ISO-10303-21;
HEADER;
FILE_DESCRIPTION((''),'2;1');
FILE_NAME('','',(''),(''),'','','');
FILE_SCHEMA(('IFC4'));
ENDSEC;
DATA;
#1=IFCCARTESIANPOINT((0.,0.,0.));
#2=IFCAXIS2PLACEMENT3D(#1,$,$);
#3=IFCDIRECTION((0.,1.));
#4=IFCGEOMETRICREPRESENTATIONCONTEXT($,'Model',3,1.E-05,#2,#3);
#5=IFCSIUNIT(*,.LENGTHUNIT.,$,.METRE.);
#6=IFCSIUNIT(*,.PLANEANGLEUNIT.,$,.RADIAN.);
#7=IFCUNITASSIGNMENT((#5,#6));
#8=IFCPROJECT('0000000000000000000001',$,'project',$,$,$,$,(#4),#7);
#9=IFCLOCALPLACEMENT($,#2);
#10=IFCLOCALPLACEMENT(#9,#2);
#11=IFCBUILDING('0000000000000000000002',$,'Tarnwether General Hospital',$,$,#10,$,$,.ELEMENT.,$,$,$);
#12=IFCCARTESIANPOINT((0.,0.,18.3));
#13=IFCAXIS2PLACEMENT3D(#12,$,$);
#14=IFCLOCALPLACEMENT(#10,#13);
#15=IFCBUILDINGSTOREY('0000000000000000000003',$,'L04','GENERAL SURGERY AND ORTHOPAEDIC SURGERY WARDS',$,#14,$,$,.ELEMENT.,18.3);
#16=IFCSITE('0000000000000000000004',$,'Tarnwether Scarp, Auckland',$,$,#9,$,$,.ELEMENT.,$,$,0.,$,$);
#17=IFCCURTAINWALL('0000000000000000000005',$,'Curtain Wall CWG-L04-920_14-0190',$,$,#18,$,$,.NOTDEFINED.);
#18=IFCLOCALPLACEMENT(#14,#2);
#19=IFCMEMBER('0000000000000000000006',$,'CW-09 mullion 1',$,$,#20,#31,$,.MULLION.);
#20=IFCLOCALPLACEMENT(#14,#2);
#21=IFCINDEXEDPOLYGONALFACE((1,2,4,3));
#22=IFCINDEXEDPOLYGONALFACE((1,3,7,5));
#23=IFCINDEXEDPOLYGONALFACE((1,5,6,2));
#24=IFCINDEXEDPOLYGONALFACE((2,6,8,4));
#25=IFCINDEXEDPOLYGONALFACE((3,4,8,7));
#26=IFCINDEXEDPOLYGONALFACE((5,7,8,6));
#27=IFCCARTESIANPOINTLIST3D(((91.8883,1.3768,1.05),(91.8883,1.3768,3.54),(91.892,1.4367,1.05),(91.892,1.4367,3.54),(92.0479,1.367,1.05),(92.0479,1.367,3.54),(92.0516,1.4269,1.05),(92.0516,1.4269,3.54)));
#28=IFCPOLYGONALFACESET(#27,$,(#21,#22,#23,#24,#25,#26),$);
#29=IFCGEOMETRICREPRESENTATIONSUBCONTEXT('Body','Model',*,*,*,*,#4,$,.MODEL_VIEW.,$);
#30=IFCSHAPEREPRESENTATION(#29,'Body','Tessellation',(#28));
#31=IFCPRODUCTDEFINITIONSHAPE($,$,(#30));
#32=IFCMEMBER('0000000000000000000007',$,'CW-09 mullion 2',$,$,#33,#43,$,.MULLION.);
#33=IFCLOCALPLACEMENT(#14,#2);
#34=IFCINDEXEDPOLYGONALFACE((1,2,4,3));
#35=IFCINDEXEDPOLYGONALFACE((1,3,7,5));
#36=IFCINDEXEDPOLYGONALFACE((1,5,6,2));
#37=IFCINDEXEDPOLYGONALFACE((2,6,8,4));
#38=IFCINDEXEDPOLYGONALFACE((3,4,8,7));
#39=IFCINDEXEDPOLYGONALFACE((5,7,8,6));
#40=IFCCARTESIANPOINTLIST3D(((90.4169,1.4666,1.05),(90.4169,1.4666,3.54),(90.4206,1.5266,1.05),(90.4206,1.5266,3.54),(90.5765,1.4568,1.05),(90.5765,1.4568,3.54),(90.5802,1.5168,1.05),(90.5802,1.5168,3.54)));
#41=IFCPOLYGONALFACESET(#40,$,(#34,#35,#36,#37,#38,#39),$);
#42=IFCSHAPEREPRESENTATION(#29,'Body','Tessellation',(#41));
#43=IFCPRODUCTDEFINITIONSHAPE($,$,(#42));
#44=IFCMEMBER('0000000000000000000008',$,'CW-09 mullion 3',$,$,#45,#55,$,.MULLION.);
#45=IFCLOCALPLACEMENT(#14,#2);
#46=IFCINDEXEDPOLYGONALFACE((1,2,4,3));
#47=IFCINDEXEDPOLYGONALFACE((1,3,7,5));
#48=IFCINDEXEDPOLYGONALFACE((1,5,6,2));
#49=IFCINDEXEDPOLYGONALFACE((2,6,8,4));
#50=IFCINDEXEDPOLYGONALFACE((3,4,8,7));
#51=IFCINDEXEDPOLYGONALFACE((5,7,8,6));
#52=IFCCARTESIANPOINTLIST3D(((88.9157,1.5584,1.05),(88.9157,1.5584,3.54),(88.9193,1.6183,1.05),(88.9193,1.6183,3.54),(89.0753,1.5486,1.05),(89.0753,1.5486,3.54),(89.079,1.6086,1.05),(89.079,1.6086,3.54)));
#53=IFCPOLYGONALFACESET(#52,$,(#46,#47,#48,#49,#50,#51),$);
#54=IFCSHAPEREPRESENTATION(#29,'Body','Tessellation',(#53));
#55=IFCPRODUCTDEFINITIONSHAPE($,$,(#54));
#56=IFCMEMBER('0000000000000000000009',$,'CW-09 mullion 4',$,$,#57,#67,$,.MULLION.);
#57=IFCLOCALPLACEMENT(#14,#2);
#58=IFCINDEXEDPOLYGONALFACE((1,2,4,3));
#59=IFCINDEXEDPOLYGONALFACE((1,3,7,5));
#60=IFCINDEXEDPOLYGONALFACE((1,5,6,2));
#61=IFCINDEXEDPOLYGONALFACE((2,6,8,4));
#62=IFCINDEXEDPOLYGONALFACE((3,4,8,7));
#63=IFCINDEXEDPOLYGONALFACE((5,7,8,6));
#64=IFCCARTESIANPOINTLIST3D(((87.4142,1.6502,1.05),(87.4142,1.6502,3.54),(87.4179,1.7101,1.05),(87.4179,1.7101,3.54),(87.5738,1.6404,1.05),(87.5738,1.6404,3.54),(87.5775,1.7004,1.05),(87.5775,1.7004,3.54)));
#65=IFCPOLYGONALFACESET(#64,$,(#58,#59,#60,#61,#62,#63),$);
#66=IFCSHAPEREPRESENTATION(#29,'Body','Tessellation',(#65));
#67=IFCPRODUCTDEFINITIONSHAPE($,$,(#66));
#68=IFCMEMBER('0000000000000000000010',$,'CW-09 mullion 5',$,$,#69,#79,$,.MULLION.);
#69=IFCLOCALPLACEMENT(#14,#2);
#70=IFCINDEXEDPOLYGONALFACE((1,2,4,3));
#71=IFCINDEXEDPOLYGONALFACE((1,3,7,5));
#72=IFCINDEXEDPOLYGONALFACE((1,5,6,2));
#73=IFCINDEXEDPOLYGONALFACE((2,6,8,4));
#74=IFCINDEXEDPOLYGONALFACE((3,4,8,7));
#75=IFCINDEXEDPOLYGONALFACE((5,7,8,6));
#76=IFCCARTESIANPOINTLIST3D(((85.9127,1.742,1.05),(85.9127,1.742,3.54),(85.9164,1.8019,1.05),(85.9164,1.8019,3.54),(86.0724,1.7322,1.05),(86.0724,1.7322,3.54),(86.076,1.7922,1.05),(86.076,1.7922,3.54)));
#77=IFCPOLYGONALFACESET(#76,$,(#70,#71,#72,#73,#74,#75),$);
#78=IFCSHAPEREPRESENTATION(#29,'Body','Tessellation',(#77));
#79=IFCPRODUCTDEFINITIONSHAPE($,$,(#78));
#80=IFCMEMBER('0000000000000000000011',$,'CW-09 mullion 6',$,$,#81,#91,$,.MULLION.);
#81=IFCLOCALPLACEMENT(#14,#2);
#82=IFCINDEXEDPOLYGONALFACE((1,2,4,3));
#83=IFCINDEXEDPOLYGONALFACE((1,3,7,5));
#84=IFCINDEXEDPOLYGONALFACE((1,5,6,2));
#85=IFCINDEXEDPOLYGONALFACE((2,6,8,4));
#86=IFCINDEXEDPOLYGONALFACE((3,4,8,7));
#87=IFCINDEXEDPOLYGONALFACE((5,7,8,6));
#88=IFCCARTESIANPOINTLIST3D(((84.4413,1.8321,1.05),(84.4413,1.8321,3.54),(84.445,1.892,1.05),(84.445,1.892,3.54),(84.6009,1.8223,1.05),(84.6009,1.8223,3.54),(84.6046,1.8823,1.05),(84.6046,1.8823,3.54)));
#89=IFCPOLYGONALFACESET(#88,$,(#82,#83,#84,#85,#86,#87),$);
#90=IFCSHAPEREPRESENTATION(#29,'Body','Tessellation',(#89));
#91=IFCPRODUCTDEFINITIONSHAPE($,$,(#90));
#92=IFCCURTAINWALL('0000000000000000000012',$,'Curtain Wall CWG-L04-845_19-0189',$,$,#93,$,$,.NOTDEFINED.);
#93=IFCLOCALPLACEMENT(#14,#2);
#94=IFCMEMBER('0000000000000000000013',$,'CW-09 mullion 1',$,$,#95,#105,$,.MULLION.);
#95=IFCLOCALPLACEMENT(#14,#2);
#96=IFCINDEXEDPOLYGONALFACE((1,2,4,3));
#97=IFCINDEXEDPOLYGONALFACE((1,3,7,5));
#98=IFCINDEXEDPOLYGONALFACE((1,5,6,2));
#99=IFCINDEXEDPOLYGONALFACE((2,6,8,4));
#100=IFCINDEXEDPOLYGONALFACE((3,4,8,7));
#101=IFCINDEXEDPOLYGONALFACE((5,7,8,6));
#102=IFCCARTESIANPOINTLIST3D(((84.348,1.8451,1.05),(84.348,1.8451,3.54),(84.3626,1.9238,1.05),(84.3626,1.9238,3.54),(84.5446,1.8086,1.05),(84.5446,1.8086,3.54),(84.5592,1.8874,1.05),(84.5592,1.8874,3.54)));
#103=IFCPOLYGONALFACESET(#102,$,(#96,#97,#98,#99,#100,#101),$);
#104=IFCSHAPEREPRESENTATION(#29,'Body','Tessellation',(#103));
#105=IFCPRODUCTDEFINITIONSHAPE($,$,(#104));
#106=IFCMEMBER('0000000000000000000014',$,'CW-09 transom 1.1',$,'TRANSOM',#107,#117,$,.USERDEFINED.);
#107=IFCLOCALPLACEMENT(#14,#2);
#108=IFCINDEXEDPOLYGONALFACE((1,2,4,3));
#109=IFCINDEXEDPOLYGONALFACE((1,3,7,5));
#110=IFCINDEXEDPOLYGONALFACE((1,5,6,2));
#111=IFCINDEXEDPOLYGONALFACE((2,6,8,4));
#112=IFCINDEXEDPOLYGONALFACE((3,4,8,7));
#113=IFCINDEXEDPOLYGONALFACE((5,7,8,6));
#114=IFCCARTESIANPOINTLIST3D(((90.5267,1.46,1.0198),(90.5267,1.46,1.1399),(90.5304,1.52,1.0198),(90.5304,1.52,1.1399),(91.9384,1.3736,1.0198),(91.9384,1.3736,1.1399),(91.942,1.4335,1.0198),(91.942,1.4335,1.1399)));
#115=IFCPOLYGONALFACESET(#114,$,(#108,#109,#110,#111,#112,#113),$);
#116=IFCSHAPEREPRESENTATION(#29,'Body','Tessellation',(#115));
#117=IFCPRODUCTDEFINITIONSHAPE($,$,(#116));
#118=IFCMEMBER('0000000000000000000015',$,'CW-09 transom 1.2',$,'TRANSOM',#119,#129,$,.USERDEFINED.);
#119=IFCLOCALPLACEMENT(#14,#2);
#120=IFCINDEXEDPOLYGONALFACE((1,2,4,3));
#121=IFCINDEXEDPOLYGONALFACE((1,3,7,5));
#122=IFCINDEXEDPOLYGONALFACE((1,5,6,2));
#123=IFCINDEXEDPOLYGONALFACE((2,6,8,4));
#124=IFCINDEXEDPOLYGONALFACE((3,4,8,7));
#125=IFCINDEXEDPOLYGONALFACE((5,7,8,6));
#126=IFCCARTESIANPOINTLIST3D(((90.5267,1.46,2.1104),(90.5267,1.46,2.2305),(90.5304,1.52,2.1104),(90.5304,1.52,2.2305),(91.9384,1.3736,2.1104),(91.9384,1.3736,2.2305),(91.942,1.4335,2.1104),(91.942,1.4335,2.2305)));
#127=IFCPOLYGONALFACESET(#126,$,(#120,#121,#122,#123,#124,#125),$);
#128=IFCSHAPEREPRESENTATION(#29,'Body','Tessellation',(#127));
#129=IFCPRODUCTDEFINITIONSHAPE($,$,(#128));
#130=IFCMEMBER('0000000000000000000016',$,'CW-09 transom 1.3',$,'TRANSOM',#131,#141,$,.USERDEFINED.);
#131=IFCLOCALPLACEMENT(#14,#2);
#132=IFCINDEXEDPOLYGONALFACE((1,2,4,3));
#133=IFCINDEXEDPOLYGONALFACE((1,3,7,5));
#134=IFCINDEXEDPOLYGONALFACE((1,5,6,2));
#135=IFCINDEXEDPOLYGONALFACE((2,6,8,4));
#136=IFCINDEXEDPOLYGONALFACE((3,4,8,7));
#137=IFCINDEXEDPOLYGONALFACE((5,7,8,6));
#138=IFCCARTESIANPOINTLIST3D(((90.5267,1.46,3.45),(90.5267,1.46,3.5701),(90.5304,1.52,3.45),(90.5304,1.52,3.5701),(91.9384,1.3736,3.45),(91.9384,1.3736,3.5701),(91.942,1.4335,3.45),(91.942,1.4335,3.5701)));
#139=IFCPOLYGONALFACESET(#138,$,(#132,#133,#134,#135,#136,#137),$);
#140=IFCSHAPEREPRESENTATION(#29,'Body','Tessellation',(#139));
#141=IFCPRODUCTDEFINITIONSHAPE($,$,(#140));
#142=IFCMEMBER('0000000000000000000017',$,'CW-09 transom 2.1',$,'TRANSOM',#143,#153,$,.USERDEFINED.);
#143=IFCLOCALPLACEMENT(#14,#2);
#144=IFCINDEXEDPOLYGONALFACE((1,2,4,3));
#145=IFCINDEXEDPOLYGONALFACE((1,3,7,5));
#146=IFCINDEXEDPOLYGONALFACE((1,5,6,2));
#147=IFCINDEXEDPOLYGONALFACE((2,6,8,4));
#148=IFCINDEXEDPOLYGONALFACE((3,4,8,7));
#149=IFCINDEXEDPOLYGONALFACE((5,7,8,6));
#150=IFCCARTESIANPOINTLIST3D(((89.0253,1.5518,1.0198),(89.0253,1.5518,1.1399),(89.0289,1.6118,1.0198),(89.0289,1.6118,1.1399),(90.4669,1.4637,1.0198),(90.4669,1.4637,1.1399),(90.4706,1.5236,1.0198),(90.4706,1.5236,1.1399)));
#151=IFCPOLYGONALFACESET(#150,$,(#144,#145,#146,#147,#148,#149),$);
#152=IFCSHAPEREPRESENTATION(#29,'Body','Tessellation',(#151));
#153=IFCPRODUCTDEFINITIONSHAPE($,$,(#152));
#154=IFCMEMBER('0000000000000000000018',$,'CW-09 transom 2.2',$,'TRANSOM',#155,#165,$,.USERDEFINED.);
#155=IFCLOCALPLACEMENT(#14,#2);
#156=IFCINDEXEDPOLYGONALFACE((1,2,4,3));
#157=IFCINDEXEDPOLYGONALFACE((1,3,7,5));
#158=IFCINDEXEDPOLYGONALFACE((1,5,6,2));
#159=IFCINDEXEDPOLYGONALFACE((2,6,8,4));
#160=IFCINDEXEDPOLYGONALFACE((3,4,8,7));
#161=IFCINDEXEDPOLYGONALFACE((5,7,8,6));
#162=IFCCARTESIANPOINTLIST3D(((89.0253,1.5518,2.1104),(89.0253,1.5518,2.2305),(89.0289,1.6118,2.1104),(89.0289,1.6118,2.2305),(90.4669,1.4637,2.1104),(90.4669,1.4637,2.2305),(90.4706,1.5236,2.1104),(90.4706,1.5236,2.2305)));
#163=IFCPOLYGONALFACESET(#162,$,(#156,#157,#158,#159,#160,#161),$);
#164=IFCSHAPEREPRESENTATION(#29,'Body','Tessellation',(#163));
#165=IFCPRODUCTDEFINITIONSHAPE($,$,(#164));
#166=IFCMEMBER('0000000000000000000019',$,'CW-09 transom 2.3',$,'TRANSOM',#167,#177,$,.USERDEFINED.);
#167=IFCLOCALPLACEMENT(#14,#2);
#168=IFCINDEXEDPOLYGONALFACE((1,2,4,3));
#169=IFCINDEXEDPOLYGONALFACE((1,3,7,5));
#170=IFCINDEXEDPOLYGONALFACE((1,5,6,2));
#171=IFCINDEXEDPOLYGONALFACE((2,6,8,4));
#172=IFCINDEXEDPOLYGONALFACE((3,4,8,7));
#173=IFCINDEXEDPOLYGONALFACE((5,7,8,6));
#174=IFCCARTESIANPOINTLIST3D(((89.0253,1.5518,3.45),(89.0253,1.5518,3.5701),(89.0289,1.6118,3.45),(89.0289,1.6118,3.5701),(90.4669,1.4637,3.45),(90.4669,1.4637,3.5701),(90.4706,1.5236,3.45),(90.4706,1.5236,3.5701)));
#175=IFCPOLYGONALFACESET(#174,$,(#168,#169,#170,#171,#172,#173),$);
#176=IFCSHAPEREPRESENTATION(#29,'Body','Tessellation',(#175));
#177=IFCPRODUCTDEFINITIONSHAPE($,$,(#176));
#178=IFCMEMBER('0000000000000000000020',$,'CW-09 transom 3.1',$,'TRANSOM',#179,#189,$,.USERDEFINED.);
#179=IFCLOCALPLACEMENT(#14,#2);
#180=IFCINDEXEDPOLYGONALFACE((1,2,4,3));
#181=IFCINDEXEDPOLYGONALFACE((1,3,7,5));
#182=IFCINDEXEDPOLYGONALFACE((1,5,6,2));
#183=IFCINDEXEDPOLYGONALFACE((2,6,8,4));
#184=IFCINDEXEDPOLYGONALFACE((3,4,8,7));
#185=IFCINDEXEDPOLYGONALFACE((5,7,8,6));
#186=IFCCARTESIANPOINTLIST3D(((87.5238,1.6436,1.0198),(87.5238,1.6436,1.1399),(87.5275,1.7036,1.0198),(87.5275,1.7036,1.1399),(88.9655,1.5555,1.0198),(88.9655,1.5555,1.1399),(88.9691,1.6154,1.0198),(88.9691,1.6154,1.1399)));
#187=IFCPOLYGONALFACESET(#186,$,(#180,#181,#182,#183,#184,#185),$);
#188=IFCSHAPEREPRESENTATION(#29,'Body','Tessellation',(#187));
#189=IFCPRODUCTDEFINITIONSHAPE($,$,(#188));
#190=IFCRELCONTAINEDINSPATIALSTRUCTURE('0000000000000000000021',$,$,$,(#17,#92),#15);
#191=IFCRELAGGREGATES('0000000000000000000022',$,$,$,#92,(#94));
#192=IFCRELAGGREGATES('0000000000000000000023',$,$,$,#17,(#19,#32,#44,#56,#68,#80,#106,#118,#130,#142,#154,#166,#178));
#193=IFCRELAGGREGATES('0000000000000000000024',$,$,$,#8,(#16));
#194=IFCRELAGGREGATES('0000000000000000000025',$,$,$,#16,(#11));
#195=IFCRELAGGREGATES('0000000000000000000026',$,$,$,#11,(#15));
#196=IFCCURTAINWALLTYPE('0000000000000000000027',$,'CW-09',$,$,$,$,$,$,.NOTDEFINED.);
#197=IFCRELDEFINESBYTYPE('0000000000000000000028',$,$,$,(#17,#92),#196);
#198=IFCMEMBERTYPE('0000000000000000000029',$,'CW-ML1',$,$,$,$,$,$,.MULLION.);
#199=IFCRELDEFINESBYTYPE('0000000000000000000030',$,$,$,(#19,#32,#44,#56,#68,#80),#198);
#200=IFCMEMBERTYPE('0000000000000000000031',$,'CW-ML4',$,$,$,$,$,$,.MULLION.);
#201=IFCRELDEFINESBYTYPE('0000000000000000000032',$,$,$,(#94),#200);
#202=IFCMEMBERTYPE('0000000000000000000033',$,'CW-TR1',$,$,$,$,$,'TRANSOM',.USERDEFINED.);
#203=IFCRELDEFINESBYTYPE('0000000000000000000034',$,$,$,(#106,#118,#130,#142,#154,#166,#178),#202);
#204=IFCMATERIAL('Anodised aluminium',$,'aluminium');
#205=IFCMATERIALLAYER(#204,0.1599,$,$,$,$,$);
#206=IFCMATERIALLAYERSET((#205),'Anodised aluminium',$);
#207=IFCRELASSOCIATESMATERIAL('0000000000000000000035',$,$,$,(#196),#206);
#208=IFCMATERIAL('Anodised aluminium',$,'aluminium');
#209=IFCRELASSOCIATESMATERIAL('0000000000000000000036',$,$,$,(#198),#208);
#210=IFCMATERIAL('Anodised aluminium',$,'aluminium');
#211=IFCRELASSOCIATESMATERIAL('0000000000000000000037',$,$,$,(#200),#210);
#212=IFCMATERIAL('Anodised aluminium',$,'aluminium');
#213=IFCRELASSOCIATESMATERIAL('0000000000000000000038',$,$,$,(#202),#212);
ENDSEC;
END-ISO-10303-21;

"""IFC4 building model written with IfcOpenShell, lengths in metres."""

from ifc_helpers import new_model, si_unit, direction, frame, origin, origin_2d, place, context, subcontext, project, spatial, rectangle, extrude, material, layer, layer_set, material_profile, profile_set, type_object, element, aggregate, save


model = new_model("IFC4")

# Units and contexts
model_context = context("Model", 3, precision=1e-05, world=origin(), true_north=direction((0.0, 1.0)))
body_context = subcontext(model_context, "Body", "Model", "MODEL_VIEW")
ifc_project = project(units=[si_unit("LENGTHUNIT", "METRE"), si_unit("PLANEANGLEUNIT", "RADIAN")], contexts=[model_context])

# Site, building, storey
site_placement = place(None, origin())
site = spatial("IfcSite", under=ifc_project, at=site_placement, Name="Tarnwether Scarp, Auckland", CompositionType="ELEMENT", RefElevation=0.0)
building_placement = place(site_placement, origin())
building = spatial("IfcBuilding", under=site, at=building_placement, Name="Tarnwether General Hospital", CompositionType="ELEMENT")
storey_placement = place(building_placement, frame((0.0, 0.0, 18.3)))
storey = spatial("IfcBuildingStorey", under=building, at=storey_placement, Name="L04", Description="GENERAL SURGERY AND ORTHOPAEDIC SURGERY WARDS", CompositionType="ELEMENT", Elevation=18.3)

# Curtain wall, members
ifc_material_1 = material(Name="Anodised aluminium", Category="aluminium")
ifc_layer_1 = layer(ifc_material_1, 0.1599)
ifc_layer_set_1 = layer_set([ifc_layer_1], Name="Anodised aluminium")
curtain_wall_type = type_object("IfcCurtainWallType", Name="CW-09", PredefinedType="NOTDEFINED", material=ifc_layer_set_1)
curtain_wall_1_placement = place(storey_placement, origin())
curtain_wall_1 = element("IfcCurtainWall", 1, at=curtain_wall_1_placement, inside=storey, type_object=curtain_wall_type, Name="Curtain Wall CWG-L04-920_14-0190", PredefinedType="NOTDEFINED")
ifc_material_2 = material(Name="Anodised aluminium", Category="aluminium")
ifc_material_profile_1 = material_profile(ifc_material_2, rectangle(XDim=0.0601, YDim=0.1599, at=origin_2d()), Name="ALU-MUL-60x160")
ifc_profile_set_1 = profile_set([ifc_material_profile_1], Name="Anodised aluminium")
member_type_1 = type_object("IfcMemberType", Name="CW-ML1", PredefinedType="MULLION", material=ifc_profile_set_1)
member_1_placement = place(storey_placement, frame((91.97, 1.4019, 1.05), z_axis=(0.0, 0.0, 1.0), x_axis=(-0.061029, -0.998136, 0.0)))
member_1 = element("IfcMember", 2, at=member_1_placement, type_object=member_type_1, Name="CW-09 mullion 1", PredefinedType="MULLION", context=body_context, shape_type="SweptSolid", body=[
    extrude(rectangle(XDim=0.0601, YDim=0.1599, at=origin_2d()), origin(), (0.0, 0.0, 1.0), 2.49),
])
member_2_placement = place(storey_placement, frame((90.4985, 1.4917, 1.05), z_axis=(0.0, 0.0, 1.0), x_axis=(-0.061029, -0.998136, 0.0)))
member_2 = element("IfcMember", 3, at=member_2_placement, type_object=member_type_1, Name="CW-09 mullion 2", PredefinedType="MULLION", context=body_context, shape_type="SweptSolid", body=[
    extrude(rectangle(XDim=0.0601, YDim=0.1599, at=origin_2d()), origin(), (0.0, 0.0, 1.0), 2.49),
])
member_3_placement = place(storey_placement, frame((88.9973, 1.5835, 1.05), z_axis=(0.0, 0.0, 1.0), x_axis=(-0.061029, -0.998136, 0.0)))
member_3 = element("IfcMember", 4, at=member_3_placement, type_object=member_type_1, Name="CW-09 mullion 3", PredefinedType="MULLION", context=body_context, shape_type="SweptSolid", body=[
    extrude(rectangle(XDim=0.0601, YDim=0.1599, at=origin_2d()), origin(), (0.0, 0.0, 1.0), 2.49),
])
member_4_placement = place(storey_placement, frame((87.4958, 1.6753, 1.05), z_axis=(0.0, 0.0, 1.0), x_axis=(-0.061029, -0.998136, 0.0)))
member_4 = element("IfcMember", 5, at=member_4_placement, type_object=member_type_1, Name="CW-09 mullion 4", PredefinedType="MULLION", context=body_context, shape_type="SweptSolid", body=[
    extrude(rectangle(XDim=0.0601, YDim=0.1599, at=origin_2d()), origin(), (0.0, 0.0, 1.0), 2.49),
])
member_5_placement = place(storey_placement, frame((85.9944, 1.7671, 1.05), z_axis=(0.0, 0.0, 1.0), x_axis=(-0.061029, -0.998136, 0.0)))
member_5 = element("IfcMember", 6, at=member_5_placement, type_object=member_type_1, Name="CW-09 mullion 5", PredefinedType="MULLION", context=body_context, shape_type="SweptSolid", body=[
    extrude(rectangle(XDim=0.0601, YDim=0.1599, at=origin_2d()), origin(), (0.0, 0.0, 1.0), 2.49),
])
member_6_placement = place(storey_placement, frame((84.5229, 1.8572, 1.05), z_axis=(0.0, 0.0, 1.0), x_axis=(-0.061029, -0.998136, 0.0)))
member_6 = element("IfcMember", 7, at=member_6_placement, type_object=member_type_1, Name="CW-09 mullion 6", PredefinedType="MULLION", context=body_context, shape_type="SweptSolid", body=[
    extrude(rectangle(XDim=0.0601, YDim=0.1599, at=origin_2d()), origin(), (0.0, 0.0, 1.0), 2.49),
])

# Curtain wall, member
curtain_wall_2_placement = place(storey_placement, origin())
curtain_wall_2 = element("IfcCurtainWall", 8, at=curtain_wall_2_placement, inside=storey, type_object=curtain_wall_type, Name="Curtain Wall CWG-L04-845_19-0189", PredefinedType="NOTDEFINED")
ifc_material_3 = material(Name="Anodised aluminium", Category="aluminium")
ifc_material_profile_2 = material_profile(ifc_material_3, rectangle(XDim=0.0801, YDim=0.2, at=origin_2d()), Name="ALU-MUL-80x200")
ifc_profile_set_2 = profile_set([ifc_material_profile_2], Name="Anodised aluminium")
member_type_2 = type_object("IfcMemberType", Name="CW-ML4", PredefinedType="MULLION", material=ifc_profile_set_2)
member_7_placement = place(storey_placement, frame((84.4536, 1.8662, 1.05), z_axis=(0.0, 0.0, 1.0), x_axis=(-0.182289, -0.983245, 0.0)))
member_7 = element("IfcMember", 9, at=member_7_placement, type_object=member_type_2, Name="CW-09 mullion 1", PredefinedType="MULLION", context=body_context, shape_type="SweptSolid", body=[
    extrude(rectangle(XDim=0.0801, YDim=0.2, at=origin_2d()), origin(), (0.0, 0.0, 1.0), 2.49),
])
aggregate(curtain_wall_2, [member_7])

# Members
ifc_material_4 = material(Name="Anodised aluminium", Category="aluminium")
ifc_material_profile_3 = material_profile(ifc_material_4, rectangle(XDim=0.0601, YDim=0.1201, at=origin_2d()), Name="ALU-TRN-60x120")
ifc_profile_set_3 = profile_set([ifc_material_profile_3], Name="Anodised aluminium")
member_type_3 = type_object("IfcMemberType", Name="CW-TR1", ElementType="TRANSOM", PredefinedType="USERDEFINED", material=ifc_profile_set_3)
member_8_placement = place(storey_placement, frame((91.9402, 1.4036, 1.0798), z_axis=(-0.998131, 0.06111, 0.0), x_axis=(-0.06111, -0.998131, 0.0)))
member_8 = element("IfcMember", 10, at=member_8_placement, type_object=member_type_3, Name="CW-09 transom 1.1", ObjectType="TRANSOM", PredefinedType="USERDEFINED", context=body_context, shape_type="SweptSolid", body=[
    extrude(rectangle(XDim=0.0601, YDim=0.1201, at=origin_2d()), origin(), (0.0, 0.0, 1.0), 1.4143),
])
member_9_placement = place(storey_placement, frame((91.9402, 1.4036, 2.1704), z_axis=(-0.998131, 0.06111, 0.0), x_axis=(-0.06111, -0.998131, 0.0)))
member_9 = element("IfcMember", 11, at=member_9_placement, type_object=member_type_3, Name="CW-09 transom 1.2", ObjectType="TRANSOM", PredefinedType="USERDEFINED", context=body_context, shape_type="SweptSolid", body=[
    extrude(rectangle(XDim=0.0601, YDim=0.1201, at=origin_2d()), origin(), (0.0, 0.0, 1.0), 1.4143),
])
member_10_placement = place(storey_placement, frame((91.9402, 1.4036, 3.51), z_axis=(-0.998131, 0.06111, 0.0), x_axis=(-0.06111, -0.998131, 0.0)))
member_10 = element("IfcMember", 12, at=member_10_placement, type_object=member_type_3, Name="CW-09 transom 1.3", ObjectType="TRANSOM", PredefinedType="USERDEFINED", context=body_context, shape_type="SweptSolid", body=[
    extrude(rectangle(XDim=0.0601, YDim=0.1201, at=origin_2d()), origin(), (0.0, 0.0, 1.0), 1.4143),
])
member_11_placement = place(storey_placement, frame((90.4688, 1.4937, 1.0798), z_axis=(-0.998137, 0.061021, 0.0), x_axis=(-0.061021, -0.998137, 0.0)))
member_11 = element("IfcMember", 13, at=member_11_placement, type_object=member_type_3, Name="CW-09 transom 2.1", ObjectType="TRANSOM", PredefinedType="USERDEFINED", context=body_context, shape_type="SweptSolid", body=[
    extrude(rectangle(XDim=0.0601, YDim=0.1201, at=origin_2d()), origin(), (0.0, 0.0, 1.0), 1.4443),
])
member_12_placement = place(storey_placement, frame((90.4688, 1.4937, 2.1704), z_axis=(-0.998137, 0.061021, 0.0), x_axis=(-0.061021, -0.998137, 0.0)))
member_12 = element("IfcMember", 14, at=member_12_placement, type_object=member_type_3, Name="CW-09 transom 2.2", ObjectType="TRANSOM", PredefinedType="USERDEFINED", context=body_context, shape_type="SweptSolid", body=[
    extrude(rectangle(XDim=0.0601, YDim=0.1201, at=origin_2d()), origin(), (0.0, 0.0, 1.0), 1.4443),
])
member_13_placement = place(storey_placement, frame((90.4688, 1.4937, 3.51), z_axis=(-0.998137, 0.061021, 0.0), x_axis=(-0.061021, -0.998137, 0.0)))
member_13 = element("IfcMember", 15, at=member_13_placement, type_object=member_type_3, Name="CW-09 transom 2.3", ObjectType="TRANSOM", PredefinedType="USERDEFINED", context=body_context, shape_type="SweptSolid", body=[
    extrude(rectangle(XDim=0.0601, YDim=0.1201, at=origin_2d()), origin(), (0.0, 0.0, 1.0), 1.4443),
])
member_14_placement = place(storey_placement, frame((88.9673, 1.5854, 1.0798), z_axis=(-0.998137, 0.061021, 0.0), x_axis=(-0.061021, -0.998137, 0.0)))
member_14 = element("IfcMember", 16, at=member_14_placement, type_object=member_type_3, Name="CW-09 transom 3.1", ObjectType="TRANSOM", PredefinedType="USERDEFINED", context=body_context, shape_type="SweptSolid", body=[
    extrude(rectangle(XDim=0.0601, YDim=0.1201, at=origin_2d()), origin(), (0.0, 0.0, 1.0), 1.4443),
])

aggregate(curtain_wall_1, [member_1, member_2, member_3, member_4, member_5, member_6, member_8, member_9, member_10, member_11, member_12, member_13, member_14])

save(model, "model.ifc")
